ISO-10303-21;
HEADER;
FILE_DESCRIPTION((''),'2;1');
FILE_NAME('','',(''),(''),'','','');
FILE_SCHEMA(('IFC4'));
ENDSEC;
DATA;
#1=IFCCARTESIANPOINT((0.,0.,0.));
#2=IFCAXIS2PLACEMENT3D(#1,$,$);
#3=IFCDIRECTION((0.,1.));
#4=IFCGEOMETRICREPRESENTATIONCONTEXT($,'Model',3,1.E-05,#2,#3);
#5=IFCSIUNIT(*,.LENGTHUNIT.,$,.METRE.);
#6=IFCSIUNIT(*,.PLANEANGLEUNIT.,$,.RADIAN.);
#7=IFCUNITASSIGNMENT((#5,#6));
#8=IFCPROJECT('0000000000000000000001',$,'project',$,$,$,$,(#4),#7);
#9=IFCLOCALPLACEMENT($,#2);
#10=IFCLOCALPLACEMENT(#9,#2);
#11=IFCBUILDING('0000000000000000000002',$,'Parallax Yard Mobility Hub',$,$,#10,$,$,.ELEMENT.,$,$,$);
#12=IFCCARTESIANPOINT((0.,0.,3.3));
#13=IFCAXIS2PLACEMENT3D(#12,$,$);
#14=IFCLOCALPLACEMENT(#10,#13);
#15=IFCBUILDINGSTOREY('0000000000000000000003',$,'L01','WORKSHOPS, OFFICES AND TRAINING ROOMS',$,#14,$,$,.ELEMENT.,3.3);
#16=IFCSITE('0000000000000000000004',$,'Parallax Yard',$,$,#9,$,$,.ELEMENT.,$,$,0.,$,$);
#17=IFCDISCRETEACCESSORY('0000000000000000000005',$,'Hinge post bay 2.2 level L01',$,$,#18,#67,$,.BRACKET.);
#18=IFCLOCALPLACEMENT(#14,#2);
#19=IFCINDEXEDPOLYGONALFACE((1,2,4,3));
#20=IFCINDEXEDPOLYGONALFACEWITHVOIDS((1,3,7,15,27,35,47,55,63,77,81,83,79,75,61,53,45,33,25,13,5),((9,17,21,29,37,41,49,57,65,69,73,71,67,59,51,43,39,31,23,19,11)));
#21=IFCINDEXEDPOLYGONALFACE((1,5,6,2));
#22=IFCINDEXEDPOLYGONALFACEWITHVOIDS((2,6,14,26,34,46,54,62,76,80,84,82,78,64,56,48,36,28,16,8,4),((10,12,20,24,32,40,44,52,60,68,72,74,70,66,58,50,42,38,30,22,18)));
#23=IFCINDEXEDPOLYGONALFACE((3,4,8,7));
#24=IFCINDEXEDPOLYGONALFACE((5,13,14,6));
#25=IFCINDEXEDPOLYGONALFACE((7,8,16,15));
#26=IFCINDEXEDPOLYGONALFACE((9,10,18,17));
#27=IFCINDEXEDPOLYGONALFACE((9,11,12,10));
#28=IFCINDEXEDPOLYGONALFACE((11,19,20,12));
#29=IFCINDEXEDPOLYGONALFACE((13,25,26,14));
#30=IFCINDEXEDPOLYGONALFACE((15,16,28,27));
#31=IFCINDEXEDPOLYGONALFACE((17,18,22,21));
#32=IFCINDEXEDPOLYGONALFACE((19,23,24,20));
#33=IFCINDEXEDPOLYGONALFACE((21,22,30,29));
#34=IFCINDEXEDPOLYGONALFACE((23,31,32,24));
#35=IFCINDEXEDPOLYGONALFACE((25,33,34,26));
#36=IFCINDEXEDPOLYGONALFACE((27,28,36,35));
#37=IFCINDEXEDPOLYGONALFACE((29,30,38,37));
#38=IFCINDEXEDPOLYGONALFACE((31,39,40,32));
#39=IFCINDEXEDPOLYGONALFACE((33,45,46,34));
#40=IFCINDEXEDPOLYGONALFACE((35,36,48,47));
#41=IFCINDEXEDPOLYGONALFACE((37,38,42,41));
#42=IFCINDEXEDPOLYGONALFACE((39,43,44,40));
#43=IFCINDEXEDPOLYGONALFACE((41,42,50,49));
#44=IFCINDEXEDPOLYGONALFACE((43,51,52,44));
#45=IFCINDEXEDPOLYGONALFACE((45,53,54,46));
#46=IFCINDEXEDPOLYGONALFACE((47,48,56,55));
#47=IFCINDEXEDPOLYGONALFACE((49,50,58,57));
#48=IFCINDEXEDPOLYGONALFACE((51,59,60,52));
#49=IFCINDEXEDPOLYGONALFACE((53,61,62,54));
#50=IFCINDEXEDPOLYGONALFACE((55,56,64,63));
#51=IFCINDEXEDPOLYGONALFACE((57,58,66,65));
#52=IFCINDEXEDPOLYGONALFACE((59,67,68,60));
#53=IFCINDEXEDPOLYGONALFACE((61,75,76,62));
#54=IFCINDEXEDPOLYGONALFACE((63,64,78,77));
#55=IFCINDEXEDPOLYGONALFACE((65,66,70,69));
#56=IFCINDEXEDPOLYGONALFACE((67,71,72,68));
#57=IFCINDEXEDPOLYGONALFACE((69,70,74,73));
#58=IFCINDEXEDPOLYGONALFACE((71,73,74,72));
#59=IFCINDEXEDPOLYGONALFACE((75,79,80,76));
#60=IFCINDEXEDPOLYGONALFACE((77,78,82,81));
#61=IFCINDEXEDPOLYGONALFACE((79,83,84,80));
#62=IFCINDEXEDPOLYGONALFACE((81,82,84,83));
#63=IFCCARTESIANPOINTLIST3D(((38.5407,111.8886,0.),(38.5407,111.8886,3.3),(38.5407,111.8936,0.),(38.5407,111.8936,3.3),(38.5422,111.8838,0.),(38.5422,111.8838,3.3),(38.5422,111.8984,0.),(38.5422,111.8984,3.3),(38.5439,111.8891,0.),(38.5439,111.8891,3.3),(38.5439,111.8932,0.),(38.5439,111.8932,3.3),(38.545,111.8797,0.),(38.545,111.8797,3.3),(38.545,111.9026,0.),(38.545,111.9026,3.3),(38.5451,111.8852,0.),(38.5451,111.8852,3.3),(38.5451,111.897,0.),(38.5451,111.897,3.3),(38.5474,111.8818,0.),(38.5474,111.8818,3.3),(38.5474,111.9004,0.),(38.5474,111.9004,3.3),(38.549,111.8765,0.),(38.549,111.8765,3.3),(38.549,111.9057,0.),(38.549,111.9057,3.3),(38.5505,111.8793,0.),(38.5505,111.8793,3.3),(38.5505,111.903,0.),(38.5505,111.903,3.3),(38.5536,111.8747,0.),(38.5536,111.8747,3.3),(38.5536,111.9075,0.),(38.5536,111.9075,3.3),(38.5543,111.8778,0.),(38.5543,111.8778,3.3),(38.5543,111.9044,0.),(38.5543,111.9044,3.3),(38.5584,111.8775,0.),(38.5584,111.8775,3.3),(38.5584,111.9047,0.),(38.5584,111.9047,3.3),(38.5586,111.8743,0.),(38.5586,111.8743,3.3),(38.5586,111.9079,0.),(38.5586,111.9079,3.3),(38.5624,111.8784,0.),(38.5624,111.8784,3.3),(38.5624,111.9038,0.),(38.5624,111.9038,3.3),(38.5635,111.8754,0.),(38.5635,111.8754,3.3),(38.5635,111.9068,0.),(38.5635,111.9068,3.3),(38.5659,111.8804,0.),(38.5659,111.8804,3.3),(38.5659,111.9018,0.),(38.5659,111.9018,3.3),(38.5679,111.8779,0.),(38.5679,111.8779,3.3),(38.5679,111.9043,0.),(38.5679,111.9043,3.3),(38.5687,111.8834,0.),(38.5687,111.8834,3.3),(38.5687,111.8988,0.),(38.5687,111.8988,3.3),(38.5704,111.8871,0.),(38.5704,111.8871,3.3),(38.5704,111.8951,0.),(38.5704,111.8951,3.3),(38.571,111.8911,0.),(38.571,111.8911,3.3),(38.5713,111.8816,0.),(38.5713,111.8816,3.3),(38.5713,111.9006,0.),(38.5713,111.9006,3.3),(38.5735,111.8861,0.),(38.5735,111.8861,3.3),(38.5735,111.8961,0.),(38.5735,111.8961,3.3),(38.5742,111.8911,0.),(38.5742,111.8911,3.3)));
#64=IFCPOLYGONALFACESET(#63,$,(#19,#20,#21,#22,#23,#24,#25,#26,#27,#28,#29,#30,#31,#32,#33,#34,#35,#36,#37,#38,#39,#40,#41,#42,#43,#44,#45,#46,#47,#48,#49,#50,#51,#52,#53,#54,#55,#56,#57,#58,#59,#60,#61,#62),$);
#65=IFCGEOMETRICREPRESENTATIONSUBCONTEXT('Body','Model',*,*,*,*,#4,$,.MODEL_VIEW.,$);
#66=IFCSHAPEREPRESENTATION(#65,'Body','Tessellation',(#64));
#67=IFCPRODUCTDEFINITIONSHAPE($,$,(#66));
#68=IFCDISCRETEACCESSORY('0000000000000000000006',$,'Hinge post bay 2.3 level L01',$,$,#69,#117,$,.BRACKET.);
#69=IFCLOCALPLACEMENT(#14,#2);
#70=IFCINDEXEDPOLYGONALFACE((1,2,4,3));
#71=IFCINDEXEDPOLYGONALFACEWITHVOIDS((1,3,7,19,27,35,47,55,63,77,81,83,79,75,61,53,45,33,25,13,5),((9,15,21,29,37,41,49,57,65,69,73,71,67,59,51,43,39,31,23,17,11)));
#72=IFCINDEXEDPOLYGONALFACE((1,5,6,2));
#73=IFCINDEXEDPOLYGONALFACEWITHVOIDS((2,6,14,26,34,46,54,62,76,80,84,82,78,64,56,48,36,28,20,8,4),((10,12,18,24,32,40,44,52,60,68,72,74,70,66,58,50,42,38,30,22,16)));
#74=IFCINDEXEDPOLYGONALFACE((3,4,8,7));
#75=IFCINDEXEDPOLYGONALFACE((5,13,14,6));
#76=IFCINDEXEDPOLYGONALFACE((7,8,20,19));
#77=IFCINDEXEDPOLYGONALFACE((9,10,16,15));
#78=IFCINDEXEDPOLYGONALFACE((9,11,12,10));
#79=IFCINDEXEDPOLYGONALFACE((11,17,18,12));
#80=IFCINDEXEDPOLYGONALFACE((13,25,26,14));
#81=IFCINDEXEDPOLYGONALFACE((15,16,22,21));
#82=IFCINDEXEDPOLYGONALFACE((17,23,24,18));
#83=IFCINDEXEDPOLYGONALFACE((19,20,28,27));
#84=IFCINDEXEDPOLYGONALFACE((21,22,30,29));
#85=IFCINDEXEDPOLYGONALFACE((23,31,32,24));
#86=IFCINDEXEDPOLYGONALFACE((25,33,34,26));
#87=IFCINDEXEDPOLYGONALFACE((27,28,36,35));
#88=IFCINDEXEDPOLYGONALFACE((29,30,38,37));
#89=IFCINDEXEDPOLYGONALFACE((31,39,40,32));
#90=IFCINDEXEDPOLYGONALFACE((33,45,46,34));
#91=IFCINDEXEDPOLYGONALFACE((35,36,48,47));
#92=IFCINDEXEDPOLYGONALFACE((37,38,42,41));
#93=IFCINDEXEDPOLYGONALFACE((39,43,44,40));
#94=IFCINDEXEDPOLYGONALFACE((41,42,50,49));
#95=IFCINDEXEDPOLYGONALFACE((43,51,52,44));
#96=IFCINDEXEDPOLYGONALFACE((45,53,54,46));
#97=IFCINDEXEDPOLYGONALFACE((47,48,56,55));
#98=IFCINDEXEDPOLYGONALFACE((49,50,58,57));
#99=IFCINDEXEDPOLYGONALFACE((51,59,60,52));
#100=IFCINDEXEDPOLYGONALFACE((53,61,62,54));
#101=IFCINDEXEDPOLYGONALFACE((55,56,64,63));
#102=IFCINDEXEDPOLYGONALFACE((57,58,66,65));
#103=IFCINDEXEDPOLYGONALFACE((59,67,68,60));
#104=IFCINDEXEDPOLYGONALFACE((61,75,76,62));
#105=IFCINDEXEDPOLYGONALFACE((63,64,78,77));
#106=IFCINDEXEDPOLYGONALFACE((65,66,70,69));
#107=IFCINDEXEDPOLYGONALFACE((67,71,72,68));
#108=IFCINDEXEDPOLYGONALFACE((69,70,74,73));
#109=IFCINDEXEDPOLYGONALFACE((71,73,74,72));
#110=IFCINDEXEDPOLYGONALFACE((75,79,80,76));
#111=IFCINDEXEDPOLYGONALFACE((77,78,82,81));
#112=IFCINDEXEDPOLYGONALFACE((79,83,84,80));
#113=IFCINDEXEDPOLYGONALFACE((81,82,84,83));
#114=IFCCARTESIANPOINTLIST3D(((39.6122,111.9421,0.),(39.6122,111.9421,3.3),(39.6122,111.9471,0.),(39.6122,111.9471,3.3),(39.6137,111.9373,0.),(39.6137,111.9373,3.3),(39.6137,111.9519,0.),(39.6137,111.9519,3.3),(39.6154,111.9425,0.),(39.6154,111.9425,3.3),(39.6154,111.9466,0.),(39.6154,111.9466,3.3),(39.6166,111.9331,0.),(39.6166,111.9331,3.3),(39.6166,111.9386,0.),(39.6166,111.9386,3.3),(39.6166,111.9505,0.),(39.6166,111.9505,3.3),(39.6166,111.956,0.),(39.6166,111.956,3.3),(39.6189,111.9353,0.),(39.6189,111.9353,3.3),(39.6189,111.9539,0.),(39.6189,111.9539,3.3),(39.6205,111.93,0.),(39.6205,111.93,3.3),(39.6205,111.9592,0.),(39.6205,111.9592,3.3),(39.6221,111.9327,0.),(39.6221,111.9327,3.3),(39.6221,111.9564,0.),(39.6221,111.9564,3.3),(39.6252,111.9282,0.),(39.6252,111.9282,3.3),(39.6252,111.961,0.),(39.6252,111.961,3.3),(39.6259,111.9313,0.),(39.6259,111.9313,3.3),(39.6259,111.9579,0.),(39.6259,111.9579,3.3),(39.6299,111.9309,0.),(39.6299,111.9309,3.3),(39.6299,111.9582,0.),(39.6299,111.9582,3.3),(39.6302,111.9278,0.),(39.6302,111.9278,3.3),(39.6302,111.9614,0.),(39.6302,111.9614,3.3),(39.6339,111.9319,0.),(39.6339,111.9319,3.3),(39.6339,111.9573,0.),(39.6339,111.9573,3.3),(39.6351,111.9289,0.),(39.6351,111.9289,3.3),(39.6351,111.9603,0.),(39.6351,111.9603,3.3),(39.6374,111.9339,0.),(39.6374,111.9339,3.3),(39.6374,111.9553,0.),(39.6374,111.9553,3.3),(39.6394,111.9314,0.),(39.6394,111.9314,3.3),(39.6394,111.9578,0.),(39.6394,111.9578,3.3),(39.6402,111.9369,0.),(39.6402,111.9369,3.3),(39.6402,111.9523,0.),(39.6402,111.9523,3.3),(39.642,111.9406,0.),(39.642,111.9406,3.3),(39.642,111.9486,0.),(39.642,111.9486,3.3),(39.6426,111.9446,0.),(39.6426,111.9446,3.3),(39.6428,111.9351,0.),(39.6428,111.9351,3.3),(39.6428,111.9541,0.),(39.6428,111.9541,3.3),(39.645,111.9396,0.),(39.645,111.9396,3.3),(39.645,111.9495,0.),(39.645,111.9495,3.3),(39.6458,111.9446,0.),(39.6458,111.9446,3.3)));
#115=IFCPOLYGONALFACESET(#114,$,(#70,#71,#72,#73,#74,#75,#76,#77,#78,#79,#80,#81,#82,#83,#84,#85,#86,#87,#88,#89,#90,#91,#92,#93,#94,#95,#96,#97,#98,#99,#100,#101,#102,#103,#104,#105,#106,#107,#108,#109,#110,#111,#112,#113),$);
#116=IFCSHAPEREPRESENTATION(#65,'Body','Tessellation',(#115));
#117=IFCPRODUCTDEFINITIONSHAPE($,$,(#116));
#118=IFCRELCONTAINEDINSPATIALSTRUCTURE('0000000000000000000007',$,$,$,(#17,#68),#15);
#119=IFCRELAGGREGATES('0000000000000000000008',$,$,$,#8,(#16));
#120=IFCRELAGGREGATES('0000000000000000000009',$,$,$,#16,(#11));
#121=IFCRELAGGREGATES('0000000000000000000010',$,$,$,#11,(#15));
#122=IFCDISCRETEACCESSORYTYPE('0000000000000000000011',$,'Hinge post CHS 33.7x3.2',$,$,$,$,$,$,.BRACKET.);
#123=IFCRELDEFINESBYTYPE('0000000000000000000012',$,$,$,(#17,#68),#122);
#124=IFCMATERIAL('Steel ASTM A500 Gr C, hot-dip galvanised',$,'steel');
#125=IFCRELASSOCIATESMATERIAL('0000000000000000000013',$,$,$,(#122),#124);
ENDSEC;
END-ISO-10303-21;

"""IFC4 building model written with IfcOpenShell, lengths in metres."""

from ifc_helpers import new_model, si_unit, direction, frame, origin, origin_2d, place, context, subcontext, project, spatial, hollow_circle, extrude, material, material_profile, profile_set, type_object, element, save


model = new_model("IFC4")

# Units and contexts
model_context = context("Model", 3, precision=1e-05, world=origin(), true_north=direction((0.0, 1.0)))
body_context = subcontext(model_context, "Body", "Model", "MODEL_VIEW")
ifc_project = project(units=[si_unit("LENGTHUNIT", "METRE"), si_unit("PLANEANGLEUNIT", "RADIAN")], contexts=[model_context])

# Site, building, storey
site_placement = place(None, origin())
site = spatial("IfcSite", under=ifc_project, at=site_placement, Name="Parallax Yard", CompositionType="ELEMENT", RefElevation=0.0)
building_placement = place(site_placement, origin())
building = spatial("IfcBuilding", under=site, at=building_placement, Name="Parallax Yard Mobility Hub", CompositionType="ELEMENT")
storey_placement = place(building_placement, frame((0.0, 0.0, 3.3)))
storey = spatial("IfcBuildingStorey", under=building, at=storey_placement, Name="L01", Description="WORKSHOPS, OFFICES AND TRAINING ROOMS", CompositionType="ELEMENT", Elevation=3.3)

# Discrete accessories
ifc_material_1 = material(Name="Steel ASTM A500 Gr C, hot-dip galvanised", Category="steel")
ifc_material_profile = material_profile(ifc_material_1, hollow_circle(Radius=0.0168, WallThickness=0.0032, at=origin_2d()), Name="CHS 33.7x3.2")
ifc_profile_set = profile_set([ifc_material_profile], Name="Steel ASTM A500 Gr C, hot-dip galvanised")
discrete_accessory_type_1 = type_object("IfcDiscreteAccessoryType", Name="Hinge post CHS 33.7x3.2", PredefinedType="BRACKET", material=ifc_profile_set)
for number, where, z_axis, x_axis, name in (
    (1, (38.5574, 111.8911, 0.0), (0.0, 0.0, 1.0), (1.0, 0.0, 0.0), "Hinge post bay 2.2 level L01"),
    (2, (39.6289, 111.9446, 0.0), (0.0, 0.0, 1.0), (1.0, 0.0, 0.0), "Hinge post bay 2.3 level L01"),
):
    element("IfcDiscreteAccessory", number, at=place(storey_placement, frame(where, z_axis=z_axis, x_axis=x_axis)), inside=storey, type_object=discrete_accessory_type_1, Name=name, PredefinedType="BRACKET", context=body_context, shape_type="SweptSolid", body=[
        extrude(hollow_circle(Radius=0.0168, WallThickness=0.0032, at=origin_2d()), origin(), (0.0, 0.0, 1.0), 3.3),
    ])

save(model, "model.ifc")
